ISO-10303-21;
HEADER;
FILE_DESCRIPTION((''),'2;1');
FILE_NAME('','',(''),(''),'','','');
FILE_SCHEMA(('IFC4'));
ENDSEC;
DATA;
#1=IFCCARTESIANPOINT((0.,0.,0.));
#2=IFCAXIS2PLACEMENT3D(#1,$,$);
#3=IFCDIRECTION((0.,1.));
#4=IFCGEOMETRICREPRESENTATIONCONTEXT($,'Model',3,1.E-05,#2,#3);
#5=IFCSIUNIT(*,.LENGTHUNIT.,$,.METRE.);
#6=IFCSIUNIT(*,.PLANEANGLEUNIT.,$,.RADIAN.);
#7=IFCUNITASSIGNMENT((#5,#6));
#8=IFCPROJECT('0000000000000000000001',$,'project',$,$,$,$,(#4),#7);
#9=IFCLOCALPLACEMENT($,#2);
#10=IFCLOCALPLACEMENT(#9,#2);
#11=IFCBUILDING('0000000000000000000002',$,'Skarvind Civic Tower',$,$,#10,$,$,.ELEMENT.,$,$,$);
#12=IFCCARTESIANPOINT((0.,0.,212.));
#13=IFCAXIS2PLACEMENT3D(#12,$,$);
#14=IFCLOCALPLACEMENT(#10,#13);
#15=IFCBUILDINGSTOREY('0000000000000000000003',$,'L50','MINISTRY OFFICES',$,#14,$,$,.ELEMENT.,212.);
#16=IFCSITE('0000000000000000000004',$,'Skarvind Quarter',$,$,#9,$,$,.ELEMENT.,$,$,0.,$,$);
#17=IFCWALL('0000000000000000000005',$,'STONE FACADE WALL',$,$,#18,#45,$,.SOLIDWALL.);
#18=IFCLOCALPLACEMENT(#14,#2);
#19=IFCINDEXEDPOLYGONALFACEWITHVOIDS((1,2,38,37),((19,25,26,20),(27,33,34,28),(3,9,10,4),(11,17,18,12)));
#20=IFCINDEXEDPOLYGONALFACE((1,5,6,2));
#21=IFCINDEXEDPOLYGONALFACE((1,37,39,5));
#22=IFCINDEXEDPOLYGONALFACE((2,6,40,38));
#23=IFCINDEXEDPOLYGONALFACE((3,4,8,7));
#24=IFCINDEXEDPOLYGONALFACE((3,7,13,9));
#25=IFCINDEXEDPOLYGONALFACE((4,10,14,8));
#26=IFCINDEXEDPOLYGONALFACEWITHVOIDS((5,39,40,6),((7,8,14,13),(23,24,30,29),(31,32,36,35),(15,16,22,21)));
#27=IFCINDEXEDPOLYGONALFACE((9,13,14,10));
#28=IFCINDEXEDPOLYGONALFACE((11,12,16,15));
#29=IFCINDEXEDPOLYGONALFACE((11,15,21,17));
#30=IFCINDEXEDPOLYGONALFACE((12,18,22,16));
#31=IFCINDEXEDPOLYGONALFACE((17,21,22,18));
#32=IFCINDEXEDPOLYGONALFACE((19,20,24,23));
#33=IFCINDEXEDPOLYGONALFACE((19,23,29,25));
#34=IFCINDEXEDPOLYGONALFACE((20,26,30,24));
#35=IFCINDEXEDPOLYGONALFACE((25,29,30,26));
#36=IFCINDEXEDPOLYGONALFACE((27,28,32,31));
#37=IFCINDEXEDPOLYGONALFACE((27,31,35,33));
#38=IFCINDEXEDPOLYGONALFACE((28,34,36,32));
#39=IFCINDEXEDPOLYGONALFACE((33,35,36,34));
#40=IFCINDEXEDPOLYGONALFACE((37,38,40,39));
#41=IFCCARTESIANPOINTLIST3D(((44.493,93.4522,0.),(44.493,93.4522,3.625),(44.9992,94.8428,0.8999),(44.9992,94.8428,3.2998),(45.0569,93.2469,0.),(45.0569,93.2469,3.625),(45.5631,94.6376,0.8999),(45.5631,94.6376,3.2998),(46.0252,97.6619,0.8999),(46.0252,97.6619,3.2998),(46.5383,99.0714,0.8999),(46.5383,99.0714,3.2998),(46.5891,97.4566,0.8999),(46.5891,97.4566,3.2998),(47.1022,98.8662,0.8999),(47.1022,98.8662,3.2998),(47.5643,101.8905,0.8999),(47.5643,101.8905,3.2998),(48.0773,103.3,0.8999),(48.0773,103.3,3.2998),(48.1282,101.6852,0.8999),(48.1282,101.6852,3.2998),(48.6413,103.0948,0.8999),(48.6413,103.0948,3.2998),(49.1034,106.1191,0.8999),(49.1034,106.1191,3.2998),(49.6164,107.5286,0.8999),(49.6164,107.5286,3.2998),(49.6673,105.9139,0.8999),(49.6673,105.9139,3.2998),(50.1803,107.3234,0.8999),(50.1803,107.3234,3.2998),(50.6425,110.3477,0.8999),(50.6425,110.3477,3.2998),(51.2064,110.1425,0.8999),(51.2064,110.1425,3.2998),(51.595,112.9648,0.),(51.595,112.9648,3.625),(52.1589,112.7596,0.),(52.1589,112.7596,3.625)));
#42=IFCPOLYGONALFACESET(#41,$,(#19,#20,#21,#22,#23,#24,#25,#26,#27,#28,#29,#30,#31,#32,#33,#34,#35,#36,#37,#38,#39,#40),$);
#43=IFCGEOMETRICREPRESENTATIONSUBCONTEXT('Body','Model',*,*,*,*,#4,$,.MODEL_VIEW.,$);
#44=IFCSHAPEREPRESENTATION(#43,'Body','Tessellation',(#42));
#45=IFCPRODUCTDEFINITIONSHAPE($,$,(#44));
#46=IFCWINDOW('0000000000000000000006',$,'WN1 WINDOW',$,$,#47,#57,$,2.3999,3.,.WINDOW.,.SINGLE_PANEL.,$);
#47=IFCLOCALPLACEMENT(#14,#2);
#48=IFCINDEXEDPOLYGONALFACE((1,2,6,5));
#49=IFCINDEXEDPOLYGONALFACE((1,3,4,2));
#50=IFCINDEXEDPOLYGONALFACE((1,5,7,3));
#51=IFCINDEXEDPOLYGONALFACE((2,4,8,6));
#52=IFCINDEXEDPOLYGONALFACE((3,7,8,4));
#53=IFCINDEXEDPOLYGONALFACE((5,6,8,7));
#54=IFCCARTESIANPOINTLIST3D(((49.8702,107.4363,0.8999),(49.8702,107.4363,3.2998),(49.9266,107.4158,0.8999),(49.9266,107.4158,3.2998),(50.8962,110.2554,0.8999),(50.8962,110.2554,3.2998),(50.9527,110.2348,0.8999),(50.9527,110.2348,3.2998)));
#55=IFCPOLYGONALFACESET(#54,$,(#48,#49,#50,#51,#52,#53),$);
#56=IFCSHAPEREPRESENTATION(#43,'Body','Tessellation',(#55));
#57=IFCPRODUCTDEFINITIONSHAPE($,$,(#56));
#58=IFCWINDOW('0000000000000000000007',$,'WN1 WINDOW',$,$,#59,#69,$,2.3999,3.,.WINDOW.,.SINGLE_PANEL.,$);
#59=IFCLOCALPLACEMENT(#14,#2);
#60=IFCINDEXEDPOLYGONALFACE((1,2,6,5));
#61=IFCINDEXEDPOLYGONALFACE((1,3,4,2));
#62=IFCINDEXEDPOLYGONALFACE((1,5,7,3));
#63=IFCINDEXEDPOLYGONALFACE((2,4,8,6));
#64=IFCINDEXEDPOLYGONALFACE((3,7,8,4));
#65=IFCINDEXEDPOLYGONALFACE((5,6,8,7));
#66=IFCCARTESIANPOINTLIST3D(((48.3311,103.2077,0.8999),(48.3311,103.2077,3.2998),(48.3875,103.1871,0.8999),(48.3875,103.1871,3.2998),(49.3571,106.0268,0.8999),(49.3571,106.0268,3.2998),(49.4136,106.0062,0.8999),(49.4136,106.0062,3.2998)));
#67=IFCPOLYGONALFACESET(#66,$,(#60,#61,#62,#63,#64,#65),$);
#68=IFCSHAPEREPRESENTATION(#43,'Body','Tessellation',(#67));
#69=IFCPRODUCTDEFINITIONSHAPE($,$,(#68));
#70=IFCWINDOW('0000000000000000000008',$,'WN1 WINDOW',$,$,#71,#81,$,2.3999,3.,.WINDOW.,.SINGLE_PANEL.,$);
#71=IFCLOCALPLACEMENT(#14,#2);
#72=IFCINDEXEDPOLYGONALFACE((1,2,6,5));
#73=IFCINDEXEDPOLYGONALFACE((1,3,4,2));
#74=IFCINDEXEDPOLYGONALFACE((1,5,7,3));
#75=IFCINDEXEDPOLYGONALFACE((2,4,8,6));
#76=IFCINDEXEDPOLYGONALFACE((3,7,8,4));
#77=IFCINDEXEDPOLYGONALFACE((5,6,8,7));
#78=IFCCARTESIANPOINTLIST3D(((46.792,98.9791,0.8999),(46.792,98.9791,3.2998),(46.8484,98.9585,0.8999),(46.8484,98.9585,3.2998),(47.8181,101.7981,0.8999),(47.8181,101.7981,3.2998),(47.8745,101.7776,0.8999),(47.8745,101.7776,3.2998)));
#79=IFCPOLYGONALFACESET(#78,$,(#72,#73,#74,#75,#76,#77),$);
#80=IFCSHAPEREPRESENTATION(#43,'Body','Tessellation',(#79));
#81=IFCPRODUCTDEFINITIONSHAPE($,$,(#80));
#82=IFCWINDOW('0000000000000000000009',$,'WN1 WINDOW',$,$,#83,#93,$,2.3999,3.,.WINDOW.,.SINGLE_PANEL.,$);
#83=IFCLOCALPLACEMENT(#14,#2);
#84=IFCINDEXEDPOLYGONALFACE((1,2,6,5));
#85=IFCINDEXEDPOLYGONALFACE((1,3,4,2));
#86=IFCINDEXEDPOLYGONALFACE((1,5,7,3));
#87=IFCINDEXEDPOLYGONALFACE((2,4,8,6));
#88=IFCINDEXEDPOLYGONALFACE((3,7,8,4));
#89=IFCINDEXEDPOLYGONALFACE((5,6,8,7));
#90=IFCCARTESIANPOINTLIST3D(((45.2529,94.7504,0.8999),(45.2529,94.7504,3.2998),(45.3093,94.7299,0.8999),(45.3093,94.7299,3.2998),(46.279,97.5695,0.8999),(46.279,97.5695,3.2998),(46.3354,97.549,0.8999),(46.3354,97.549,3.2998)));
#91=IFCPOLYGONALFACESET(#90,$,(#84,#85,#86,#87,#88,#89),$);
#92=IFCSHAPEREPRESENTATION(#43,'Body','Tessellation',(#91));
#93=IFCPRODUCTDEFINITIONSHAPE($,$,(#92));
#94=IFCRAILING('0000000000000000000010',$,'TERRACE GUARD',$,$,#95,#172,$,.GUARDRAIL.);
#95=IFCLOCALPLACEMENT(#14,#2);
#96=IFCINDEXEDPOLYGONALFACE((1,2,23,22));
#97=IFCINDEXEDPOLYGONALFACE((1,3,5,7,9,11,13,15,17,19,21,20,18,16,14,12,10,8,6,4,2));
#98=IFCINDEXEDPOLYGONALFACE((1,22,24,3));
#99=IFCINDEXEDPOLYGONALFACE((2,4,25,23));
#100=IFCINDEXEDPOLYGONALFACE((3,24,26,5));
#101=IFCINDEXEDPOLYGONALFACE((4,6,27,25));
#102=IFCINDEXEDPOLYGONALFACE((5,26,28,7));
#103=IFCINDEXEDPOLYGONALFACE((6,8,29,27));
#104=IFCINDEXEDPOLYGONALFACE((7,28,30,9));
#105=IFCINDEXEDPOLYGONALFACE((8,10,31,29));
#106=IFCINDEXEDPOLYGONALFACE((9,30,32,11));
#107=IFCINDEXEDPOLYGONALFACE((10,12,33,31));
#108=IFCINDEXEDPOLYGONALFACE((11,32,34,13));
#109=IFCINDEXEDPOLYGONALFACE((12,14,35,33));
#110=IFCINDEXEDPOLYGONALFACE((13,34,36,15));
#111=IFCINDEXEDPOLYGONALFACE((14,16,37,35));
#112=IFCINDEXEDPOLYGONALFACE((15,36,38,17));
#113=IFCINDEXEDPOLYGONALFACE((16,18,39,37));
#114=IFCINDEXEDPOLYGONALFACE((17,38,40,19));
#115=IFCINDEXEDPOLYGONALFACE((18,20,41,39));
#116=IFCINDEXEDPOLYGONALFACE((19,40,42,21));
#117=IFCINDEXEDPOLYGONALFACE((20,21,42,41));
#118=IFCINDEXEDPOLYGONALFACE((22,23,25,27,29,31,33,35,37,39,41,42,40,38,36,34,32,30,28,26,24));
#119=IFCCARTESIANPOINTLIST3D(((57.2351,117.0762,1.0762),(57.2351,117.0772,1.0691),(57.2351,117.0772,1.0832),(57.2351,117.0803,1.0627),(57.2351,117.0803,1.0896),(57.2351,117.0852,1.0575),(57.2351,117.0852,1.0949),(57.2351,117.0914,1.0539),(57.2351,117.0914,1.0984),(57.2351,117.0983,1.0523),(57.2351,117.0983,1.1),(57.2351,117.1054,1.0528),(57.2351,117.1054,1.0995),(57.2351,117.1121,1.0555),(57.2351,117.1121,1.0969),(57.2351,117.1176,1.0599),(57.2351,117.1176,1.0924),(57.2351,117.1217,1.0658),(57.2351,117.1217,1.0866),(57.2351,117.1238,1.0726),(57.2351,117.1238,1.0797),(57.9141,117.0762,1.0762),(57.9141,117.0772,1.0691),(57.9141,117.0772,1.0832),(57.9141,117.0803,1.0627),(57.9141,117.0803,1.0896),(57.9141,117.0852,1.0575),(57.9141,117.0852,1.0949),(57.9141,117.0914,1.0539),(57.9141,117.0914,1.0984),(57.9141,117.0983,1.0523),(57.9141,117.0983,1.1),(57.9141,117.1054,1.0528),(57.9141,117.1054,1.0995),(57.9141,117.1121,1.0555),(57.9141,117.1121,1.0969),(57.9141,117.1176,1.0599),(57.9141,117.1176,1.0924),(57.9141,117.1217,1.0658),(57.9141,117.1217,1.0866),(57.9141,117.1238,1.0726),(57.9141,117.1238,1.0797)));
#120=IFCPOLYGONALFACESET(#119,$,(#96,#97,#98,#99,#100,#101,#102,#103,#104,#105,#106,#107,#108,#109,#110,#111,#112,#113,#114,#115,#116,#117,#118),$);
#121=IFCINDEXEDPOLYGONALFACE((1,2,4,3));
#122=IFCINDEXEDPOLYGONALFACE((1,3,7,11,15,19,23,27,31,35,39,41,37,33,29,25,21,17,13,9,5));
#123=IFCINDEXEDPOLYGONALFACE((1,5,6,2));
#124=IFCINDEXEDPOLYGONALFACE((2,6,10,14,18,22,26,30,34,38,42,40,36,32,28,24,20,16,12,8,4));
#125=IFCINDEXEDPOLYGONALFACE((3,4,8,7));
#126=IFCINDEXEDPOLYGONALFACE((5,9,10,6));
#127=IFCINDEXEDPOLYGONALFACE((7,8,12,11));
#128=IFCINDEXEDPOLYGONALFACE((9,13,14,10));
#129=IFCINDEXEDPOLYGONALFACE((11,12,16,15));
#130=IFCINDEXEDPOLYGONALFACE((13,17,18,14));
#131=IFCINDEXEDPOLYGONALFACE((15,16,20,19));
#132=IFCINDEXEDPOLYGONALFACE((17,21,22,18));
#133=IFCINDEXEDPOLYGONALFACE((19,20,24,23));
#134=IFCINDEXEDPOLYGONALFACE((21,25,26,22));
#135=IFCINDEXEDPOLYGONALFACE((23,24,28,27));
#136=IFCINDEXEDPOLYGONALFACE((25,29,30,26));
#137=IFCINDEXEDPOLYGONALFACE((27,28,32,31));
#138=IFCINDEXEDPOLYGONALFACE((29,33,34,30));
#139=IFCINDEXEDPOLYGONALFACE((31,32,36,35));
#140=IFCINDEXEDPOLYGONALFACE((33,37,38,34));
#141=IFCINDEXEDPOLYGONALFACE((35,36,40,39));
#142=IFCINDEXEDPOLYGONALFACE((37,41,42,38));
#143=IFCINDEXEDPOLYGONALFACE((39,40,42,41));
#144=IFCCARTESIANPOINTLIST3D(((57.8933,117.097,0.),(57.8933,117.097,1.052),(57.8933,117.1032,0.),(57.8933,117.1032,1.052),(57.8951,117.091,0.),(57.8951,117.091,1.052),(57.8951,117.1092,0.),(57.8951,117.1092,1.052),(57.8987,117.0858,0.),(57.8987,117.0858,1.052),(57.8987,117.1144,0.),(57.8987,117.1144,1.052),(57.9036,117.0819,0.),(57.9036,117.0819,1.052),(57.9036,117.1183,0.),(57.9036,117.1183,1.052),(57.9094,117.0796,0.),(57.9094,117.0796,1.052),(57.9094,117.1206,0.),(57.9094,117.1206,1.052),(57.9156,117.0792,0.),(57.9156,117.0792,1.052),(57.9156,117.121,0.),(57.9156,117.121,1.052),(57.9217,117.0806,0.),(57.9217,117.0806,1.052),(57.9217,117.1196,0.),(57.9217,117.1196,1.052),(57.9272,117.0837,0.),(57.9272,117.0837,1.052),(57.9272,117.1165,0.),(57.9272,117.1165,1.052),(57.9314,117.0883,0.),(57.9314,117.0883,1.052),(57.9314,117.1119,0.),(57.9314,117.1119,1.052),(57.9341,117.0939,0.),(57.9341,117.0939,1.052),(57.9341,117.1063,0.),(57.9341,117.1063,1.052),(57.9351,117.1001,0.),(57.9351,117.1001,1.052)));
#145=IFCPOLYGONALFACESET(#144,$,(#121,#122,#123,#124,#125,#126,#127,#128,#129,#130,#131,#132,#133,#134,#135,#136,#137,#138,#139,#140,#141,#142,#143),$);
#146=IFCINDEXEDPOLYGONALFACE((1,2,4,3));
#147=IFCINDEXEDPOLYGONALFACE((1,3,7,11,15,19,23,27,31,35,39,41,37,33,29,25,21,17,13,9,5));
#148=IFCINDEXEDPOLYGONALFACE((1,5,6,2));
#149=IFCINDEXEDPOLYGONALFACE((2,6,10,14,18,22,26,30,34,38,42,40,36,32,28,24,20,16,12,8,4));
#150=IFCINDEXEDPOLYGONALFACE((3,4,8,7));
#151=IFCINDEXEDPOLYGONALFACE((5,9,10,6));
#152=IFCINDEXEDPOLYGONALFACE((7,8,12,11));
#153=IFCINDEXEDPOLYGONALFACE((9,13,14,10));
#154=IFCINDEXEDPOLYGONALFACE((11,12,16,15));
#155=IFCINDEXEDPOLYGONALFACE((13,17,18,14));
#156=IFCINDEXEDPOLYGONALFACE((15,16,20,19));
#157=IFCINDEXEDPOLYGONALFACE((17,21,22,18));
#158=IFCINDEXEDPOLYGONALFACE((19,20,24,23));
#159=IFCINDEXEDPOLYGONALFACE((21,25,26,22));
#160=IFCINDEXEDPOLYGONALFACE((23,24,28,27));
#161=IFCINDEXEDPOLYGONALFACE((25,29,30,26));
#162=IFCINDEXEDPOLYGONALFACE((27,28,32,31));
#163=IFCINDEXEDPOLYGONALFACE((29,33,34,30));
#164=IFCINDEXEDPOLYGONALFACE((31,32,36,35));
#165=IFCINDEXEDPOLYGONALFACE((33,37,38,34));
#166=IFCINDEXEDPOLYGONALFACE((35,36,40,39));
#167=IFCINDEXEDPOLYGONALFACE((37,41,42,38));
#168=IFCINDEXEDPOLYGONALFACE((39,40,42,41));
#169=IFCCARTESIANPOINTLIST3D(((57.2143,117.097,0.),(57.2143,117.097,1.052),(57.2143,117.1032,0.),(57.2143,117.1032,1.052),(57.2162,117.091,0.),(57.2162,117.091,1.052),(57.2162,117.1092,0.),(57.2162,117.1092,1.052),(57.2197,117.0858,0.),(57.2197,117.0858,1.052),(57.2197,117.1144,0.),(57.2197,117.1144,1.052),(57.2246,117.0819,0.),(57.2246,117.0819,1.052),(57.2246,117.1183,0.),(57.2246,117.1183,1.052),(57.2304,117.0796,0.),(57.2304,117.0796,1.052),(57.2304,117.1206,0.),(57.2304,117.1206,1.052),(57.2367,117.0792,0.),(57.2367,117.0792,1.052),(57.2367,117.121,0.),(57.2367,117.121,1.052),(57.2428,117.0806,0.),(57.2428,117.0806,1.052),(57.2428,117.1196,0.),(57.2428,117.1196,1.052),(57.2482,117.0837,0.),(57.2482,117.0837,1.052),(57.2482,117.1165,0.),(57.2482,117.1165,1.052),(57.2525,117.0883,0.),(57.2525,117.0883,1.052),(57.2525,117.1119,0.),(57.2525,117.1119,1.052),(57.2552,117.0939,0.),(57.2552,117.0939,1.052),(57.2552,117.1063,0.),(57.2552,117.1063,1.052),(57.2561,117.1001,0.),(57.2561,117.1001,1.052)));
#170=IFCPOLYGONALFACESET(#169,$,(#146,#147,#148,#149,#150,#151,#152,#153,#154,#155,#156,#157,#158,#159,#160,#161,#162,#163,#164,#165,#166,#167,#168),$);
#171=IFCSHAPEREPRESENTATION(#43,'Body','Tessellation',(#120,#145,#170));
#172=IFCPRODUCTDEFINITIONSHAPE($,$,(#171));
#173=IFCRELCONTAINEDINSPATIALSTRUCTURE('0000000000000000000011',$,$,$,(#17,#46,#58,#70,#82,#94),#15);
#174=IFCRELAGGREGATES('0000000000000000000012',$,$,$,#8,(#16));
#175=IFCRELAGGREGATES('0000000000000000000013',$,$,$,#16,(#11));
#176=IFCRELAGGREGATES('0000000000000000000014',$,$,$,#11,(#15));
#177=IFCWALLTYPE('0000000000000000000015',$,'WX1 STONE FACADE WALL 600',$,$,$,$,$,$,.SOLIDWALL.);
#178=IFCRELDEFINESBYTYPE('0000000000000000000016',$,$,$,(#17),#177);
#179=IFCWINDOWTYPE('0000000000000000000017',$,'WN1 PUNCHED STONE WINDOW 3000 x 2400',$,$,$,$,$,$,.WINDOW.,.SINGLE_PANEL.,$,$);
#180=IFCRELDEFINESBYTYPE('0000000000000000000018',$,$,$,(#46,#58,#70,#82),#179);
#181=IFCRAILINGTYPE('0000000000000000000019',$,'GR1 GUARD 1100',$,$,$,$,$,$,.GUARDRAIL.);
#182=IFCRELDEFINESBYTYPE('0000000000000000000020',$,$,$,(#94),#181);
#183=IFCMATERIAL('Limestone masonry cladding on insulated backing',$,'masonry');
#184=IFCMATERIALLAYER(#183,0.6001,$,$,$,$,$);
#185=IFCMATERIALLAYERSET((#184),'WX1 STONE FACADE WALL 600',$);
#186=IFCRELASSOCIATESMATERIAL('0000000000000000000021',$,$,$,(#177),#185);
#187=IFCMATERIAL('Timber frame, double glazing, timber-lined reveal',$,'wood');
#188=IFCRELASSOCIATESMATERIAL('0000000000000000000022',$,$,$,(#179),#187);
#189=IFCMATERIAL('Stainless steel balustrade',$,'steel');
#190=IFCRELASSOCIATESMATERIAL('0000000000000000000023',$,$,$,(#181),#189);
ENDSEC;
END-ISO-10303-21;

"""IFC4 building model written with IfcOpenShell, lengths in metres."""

from ifc_helpers import new_model, si_unit, direction, frame, frame_2d, origin, origin_2d, place, context, subcontext, project, spatial, rectangle, circle, extrude, material, layer, layer_set, type_object, element, fill, save


model = new_model("IFC4")

# Units and contexts
model_context = context("Model", 3, precision=1e-05, world=origin(), true_north=direction((0.0, 1.0)))
body_context = subcontext(model_context, "Body", "Model", "MODEL_VIEW")
ifc_project = project(units=[si_unit("LENGTHUNIT", "METRE"), si_unit("PLANEANGLEUNIT", "RADIAN")], contexts=[model_context])

# Site, building, storey
site_placement = place(None, origin())
site = spatial("IfcSite", under=ifc_project, at=site_placement, Name="Skarvind Quarter", CompositionType="ELEMENT", RefElevation=0.0)
building_placement = place(site_placement, origin())
building = spatial("IfcBuilding", under=site, at=building_placement, Name="Skarvind Civic Tower", CompositionType="ELEMENT")
storey_placement = place(building_placement, frame((0.0, 0.0, 212.0)))
storey = spatial("IfcBuildingStorey", under=building, at=storey_placement, Name="L50", Description="MINISTRY OFFICES", CompositionType="ELEMENT", Elevation=212.0)

# Shared definitions
ifc_material_1 = material(Name="Limestone masonry cladding on insulated backing", Category="masonry")
ifc_layer_1 = layer(ifc_material_1, 0.6001)
ifc_layer_set_1 = layer_set([ifc_layer_1], Name="WX1 STONE FACADE WALL 600")
wall_type_1 = type_object("IfcWallType", Name="WX1 STONE FACADE WALL 600", PredefinedType="SOLIDWALL", material=ifc_layer_set_1)
ifc_material_2 = material(Name="Timber frame, double glazing, timber-lined reveal", Category="wood")
window_type = type_object("IfcWindowType", Name="WN1 PUNCHED STONE WINDOW 3000 x 2400", PartitioningType="SINGLE_PANEL", PredefinedType="WINDOW", material=ifc_material_2)

# Wall, openings, windows
wall_1_placement = place(storey_placement, frame((51.877, 112.8621, 0.0), z_axis=(0.0, 0.0, 1.0), x_axis=(-0.342021, -0.939692, 0.0)))
wall_1 = element("IfcWall", 1, at=wall_1_placement, inside=storey, type_object=wall_type_1, Name="STONE FACADE WALL", PredefinedType="SOLIDWALL", context=body_context, shape_type="SweptSolid", body=[
    extrude(rectangle(XDim=20.7649, YDim=0.6001, at=frame_2d((10.3823, 0.0))), origin(), (0.0, 0.0, 1.0), 3.625),
])
opening_1_placement = place(wall_1_placement, frame((2.7849, 0.0, 0.8999)))
opening_1 = element("IfcOpeningElement", 2, at=opening_1_placement, cuts=wall_1, PredefinedType="OPENING", context=body_context, shape_type="SweptSolid", body=[
    extrude(rectangle(XDim=3.0, YDim=2.3999, at=frame_2d((1.5, 1.2))), frame((0.0, 0.3101, 0.0), z_axis=(0.0, -1.0, 0.0), x_axis=(1.0, 0.0, 0.0)), (0.0, 0.0, 1.0), 0.6201),
])
opening_2_placement = place(wall_1_placement, frame((7.2849, 0.0, 0.8999)))
opening_2 = element("IfcOpeningElement", 3, at=opening_2_placement, cuts=wall_1, PredefinedType="OPENING", context=body_context, shape_type="SweptSolid", body=[
    extrude(rectangle(XDim=3.0, YDim=2.3999, at=frame_2d((1.5, 1.2))), frame((0.0, 0.3101, 0.0), z_axis=(0.0, -1.0, 0.0), x_axis=(1.0, 0.0, 0.0)), (0.0, 0.0, 1.0), 0.6201),
])
opening_3_placement = place(wall_1_placement, frame((11.7849, 0.0, 0.8999)))
opening_3 = element("IfcOpeningElement", 4, at=opening_3_placement, cuts=wall_1, PredefinedType="OPENING", context=body_context, shape_type="SweptSolid", body=[
    extrude(rectangle(XDim=3.0, YDim=2.3999, at=frame_2d((1.5, 1.2))), frame((0.0, 0.3101, 0.0), z_axis=(0.0, -1.0, 0.0), x_axis=(1.0, 0.0, 0.0)), (0.0, 0.0, 1.0), 0.6201),
])
opening_4_placement = place(wall_1_placement, frame((16.2849, 0.0, 0.8999)))
opening_4 = element("IfcOpeningElement", 5, at=opening_4_placement, cuts=wall_1, PredefinedType="OPENING", context=body_context, shape_type="SweptSolid", body=[
    extrude(rectangle(XDim=3.0, YDim=2.3999, at=frame_2d((1.5, 1.2))), frame((0.0, 0.3101, 0.0), z_axis=(0.0, -1.0, 0.0), x_axis=(1.0, 0.0, 0.0)), (0.0, 0.0, 1.0), 0.6201),
])
window_1_placement = place(opening_1_placement, origin())
window_1 = element("IfcWindow", 6, at=window_1_placement, inside=storey, type_object=window_type, Name="WN1 WINDOW", OverallHeight=2.3999, OverallWidth=3.0, PartitioningType="SINGLE_PANEL", PredefinedType="WINDOW", context=body_context, shape_type="SweptSolid", body=[
    extrude(rectangle(XDim=3.0, YDim=2.3999, at=frame_2d((1.5, 1.2))), frame((0.0, 0.03, 0.0), z_axis=(0.0, -1.0, 0.0), x_axis=(1.0, 0.0, 0.0)), (0.0, 0.0, 1.0), 0.0601),
])
fill(opening_1, window_1)
window_2_placement = place(opening_2_placement, origin())
window_2 = element("IfcWindow", 7, at=window_2_placement, inside=storey, type_object=window_type, Name="WN1 WINDOW", OverallHeight=2.3999, OverallWidth=3.0, PartitioningType="SINGLE_PANEL", PredefinedType="WINDOW", context=body_context, shape_type="SweptSolid", body=[
    extrude(rectangle(XDim=3.0, YDim=2.3999, at=frame_2d((1.5, 1.2))), frame((0.0, 0.03, 0.0), z_axis=(0.0, -1.0, 0.0), x_axis=(1.0, 0.0, 0.0)), (0.0, 0.0, 1.0), 0.0601),
])
fill(opening_2, window_2)
window_3_placement = place(opening_3_placement, origin())
window_3 = element("IfcWindow", 8, at=window_3_placement, inside=storey, type_object=window_type, Name="WN1 WINDOW", OverallHeight=2.3999, OverallWidth=3.0, PartitioningType="SINGLE_PANEL", PredefinedType="WINDOW", context=body_context, shape_type="SweptSolid", body=[
    extrude(rectangle(XDim=3.0, YDim=2.3999, at=frame_2d((1.5, 1.2))), frame((0.0, 0.03, 0.0), z_axis=(0.0, -1.0, 0.0), x_axis=(1.0, 0.0, 0.0)), (0.0, 0.0, 1.0), 0.0601),
])
fill(opening_3, window_3)
window_4_placement = place(opening_4_placement, origin())
window_4 = element("IfcWindow", 9, at=window_4_placement, inside=storey, type_object=window_type, Name="WN1 WINDOW", OverallHeight=2.3999, OverallWidth=3.0, PartitioningType="SINGLE_PANEL", PredefinedType="WINDOW", context=body_context, shape_type="SweptSolid", body=[
    extrude(rectangle(XDim=3.0, YDim=2.3999, at=frame_2d((1.5, 1.2))), frame((0.0, 0.03, 0.0), z_axis=(0.0, -1.0, 0.0), x_axis=(1.0, 0.0, 0.0)), (0.0, 0.0, 1.0), 0.0601),
])
fill(opening_4, window_4)

# Railing
ifc_material_3 = material(Name="Stainless steel balustrade", Category="steel")
railing_type = type_object("IfcRailingType", Name="GR1 GUARD 1100", PredefinedType="GUARDRAIL", material=ifc_material_3)
railing_1_placement = place(storey_placement, frame((57.9141, 117.1001, 0.0)))
element("IfcRailing", 10, at=railing_1_placement, inside=storey, type_object=railing_type, Name="TERRACE GUARD", PredefinedType="GUARDRAIL", context=body_context, shape_type="SweptSolid", body=[
    extrude(circle(Radius=0.0239, at=origin_2d()), frame((0.0, 0.0, 1.0762), z_axis=(-1.0, 0.0, 0.0), x_axis=(0.0, -1.0, 0.0)), (0.0, 0.0, 1.0), 0.679),
    extrude(circle(Radius=0.021, at=origin_2d()), origin(), (0.0, 0.0, 1.0), 1.052),
    extrude(circle(Radius=0.021, at=origin_2d()), frame((-0.679, 0.0, 0.0)), (0.0, 0.0, 1.0), 1.052),
])

save(model, "model.ifc")
